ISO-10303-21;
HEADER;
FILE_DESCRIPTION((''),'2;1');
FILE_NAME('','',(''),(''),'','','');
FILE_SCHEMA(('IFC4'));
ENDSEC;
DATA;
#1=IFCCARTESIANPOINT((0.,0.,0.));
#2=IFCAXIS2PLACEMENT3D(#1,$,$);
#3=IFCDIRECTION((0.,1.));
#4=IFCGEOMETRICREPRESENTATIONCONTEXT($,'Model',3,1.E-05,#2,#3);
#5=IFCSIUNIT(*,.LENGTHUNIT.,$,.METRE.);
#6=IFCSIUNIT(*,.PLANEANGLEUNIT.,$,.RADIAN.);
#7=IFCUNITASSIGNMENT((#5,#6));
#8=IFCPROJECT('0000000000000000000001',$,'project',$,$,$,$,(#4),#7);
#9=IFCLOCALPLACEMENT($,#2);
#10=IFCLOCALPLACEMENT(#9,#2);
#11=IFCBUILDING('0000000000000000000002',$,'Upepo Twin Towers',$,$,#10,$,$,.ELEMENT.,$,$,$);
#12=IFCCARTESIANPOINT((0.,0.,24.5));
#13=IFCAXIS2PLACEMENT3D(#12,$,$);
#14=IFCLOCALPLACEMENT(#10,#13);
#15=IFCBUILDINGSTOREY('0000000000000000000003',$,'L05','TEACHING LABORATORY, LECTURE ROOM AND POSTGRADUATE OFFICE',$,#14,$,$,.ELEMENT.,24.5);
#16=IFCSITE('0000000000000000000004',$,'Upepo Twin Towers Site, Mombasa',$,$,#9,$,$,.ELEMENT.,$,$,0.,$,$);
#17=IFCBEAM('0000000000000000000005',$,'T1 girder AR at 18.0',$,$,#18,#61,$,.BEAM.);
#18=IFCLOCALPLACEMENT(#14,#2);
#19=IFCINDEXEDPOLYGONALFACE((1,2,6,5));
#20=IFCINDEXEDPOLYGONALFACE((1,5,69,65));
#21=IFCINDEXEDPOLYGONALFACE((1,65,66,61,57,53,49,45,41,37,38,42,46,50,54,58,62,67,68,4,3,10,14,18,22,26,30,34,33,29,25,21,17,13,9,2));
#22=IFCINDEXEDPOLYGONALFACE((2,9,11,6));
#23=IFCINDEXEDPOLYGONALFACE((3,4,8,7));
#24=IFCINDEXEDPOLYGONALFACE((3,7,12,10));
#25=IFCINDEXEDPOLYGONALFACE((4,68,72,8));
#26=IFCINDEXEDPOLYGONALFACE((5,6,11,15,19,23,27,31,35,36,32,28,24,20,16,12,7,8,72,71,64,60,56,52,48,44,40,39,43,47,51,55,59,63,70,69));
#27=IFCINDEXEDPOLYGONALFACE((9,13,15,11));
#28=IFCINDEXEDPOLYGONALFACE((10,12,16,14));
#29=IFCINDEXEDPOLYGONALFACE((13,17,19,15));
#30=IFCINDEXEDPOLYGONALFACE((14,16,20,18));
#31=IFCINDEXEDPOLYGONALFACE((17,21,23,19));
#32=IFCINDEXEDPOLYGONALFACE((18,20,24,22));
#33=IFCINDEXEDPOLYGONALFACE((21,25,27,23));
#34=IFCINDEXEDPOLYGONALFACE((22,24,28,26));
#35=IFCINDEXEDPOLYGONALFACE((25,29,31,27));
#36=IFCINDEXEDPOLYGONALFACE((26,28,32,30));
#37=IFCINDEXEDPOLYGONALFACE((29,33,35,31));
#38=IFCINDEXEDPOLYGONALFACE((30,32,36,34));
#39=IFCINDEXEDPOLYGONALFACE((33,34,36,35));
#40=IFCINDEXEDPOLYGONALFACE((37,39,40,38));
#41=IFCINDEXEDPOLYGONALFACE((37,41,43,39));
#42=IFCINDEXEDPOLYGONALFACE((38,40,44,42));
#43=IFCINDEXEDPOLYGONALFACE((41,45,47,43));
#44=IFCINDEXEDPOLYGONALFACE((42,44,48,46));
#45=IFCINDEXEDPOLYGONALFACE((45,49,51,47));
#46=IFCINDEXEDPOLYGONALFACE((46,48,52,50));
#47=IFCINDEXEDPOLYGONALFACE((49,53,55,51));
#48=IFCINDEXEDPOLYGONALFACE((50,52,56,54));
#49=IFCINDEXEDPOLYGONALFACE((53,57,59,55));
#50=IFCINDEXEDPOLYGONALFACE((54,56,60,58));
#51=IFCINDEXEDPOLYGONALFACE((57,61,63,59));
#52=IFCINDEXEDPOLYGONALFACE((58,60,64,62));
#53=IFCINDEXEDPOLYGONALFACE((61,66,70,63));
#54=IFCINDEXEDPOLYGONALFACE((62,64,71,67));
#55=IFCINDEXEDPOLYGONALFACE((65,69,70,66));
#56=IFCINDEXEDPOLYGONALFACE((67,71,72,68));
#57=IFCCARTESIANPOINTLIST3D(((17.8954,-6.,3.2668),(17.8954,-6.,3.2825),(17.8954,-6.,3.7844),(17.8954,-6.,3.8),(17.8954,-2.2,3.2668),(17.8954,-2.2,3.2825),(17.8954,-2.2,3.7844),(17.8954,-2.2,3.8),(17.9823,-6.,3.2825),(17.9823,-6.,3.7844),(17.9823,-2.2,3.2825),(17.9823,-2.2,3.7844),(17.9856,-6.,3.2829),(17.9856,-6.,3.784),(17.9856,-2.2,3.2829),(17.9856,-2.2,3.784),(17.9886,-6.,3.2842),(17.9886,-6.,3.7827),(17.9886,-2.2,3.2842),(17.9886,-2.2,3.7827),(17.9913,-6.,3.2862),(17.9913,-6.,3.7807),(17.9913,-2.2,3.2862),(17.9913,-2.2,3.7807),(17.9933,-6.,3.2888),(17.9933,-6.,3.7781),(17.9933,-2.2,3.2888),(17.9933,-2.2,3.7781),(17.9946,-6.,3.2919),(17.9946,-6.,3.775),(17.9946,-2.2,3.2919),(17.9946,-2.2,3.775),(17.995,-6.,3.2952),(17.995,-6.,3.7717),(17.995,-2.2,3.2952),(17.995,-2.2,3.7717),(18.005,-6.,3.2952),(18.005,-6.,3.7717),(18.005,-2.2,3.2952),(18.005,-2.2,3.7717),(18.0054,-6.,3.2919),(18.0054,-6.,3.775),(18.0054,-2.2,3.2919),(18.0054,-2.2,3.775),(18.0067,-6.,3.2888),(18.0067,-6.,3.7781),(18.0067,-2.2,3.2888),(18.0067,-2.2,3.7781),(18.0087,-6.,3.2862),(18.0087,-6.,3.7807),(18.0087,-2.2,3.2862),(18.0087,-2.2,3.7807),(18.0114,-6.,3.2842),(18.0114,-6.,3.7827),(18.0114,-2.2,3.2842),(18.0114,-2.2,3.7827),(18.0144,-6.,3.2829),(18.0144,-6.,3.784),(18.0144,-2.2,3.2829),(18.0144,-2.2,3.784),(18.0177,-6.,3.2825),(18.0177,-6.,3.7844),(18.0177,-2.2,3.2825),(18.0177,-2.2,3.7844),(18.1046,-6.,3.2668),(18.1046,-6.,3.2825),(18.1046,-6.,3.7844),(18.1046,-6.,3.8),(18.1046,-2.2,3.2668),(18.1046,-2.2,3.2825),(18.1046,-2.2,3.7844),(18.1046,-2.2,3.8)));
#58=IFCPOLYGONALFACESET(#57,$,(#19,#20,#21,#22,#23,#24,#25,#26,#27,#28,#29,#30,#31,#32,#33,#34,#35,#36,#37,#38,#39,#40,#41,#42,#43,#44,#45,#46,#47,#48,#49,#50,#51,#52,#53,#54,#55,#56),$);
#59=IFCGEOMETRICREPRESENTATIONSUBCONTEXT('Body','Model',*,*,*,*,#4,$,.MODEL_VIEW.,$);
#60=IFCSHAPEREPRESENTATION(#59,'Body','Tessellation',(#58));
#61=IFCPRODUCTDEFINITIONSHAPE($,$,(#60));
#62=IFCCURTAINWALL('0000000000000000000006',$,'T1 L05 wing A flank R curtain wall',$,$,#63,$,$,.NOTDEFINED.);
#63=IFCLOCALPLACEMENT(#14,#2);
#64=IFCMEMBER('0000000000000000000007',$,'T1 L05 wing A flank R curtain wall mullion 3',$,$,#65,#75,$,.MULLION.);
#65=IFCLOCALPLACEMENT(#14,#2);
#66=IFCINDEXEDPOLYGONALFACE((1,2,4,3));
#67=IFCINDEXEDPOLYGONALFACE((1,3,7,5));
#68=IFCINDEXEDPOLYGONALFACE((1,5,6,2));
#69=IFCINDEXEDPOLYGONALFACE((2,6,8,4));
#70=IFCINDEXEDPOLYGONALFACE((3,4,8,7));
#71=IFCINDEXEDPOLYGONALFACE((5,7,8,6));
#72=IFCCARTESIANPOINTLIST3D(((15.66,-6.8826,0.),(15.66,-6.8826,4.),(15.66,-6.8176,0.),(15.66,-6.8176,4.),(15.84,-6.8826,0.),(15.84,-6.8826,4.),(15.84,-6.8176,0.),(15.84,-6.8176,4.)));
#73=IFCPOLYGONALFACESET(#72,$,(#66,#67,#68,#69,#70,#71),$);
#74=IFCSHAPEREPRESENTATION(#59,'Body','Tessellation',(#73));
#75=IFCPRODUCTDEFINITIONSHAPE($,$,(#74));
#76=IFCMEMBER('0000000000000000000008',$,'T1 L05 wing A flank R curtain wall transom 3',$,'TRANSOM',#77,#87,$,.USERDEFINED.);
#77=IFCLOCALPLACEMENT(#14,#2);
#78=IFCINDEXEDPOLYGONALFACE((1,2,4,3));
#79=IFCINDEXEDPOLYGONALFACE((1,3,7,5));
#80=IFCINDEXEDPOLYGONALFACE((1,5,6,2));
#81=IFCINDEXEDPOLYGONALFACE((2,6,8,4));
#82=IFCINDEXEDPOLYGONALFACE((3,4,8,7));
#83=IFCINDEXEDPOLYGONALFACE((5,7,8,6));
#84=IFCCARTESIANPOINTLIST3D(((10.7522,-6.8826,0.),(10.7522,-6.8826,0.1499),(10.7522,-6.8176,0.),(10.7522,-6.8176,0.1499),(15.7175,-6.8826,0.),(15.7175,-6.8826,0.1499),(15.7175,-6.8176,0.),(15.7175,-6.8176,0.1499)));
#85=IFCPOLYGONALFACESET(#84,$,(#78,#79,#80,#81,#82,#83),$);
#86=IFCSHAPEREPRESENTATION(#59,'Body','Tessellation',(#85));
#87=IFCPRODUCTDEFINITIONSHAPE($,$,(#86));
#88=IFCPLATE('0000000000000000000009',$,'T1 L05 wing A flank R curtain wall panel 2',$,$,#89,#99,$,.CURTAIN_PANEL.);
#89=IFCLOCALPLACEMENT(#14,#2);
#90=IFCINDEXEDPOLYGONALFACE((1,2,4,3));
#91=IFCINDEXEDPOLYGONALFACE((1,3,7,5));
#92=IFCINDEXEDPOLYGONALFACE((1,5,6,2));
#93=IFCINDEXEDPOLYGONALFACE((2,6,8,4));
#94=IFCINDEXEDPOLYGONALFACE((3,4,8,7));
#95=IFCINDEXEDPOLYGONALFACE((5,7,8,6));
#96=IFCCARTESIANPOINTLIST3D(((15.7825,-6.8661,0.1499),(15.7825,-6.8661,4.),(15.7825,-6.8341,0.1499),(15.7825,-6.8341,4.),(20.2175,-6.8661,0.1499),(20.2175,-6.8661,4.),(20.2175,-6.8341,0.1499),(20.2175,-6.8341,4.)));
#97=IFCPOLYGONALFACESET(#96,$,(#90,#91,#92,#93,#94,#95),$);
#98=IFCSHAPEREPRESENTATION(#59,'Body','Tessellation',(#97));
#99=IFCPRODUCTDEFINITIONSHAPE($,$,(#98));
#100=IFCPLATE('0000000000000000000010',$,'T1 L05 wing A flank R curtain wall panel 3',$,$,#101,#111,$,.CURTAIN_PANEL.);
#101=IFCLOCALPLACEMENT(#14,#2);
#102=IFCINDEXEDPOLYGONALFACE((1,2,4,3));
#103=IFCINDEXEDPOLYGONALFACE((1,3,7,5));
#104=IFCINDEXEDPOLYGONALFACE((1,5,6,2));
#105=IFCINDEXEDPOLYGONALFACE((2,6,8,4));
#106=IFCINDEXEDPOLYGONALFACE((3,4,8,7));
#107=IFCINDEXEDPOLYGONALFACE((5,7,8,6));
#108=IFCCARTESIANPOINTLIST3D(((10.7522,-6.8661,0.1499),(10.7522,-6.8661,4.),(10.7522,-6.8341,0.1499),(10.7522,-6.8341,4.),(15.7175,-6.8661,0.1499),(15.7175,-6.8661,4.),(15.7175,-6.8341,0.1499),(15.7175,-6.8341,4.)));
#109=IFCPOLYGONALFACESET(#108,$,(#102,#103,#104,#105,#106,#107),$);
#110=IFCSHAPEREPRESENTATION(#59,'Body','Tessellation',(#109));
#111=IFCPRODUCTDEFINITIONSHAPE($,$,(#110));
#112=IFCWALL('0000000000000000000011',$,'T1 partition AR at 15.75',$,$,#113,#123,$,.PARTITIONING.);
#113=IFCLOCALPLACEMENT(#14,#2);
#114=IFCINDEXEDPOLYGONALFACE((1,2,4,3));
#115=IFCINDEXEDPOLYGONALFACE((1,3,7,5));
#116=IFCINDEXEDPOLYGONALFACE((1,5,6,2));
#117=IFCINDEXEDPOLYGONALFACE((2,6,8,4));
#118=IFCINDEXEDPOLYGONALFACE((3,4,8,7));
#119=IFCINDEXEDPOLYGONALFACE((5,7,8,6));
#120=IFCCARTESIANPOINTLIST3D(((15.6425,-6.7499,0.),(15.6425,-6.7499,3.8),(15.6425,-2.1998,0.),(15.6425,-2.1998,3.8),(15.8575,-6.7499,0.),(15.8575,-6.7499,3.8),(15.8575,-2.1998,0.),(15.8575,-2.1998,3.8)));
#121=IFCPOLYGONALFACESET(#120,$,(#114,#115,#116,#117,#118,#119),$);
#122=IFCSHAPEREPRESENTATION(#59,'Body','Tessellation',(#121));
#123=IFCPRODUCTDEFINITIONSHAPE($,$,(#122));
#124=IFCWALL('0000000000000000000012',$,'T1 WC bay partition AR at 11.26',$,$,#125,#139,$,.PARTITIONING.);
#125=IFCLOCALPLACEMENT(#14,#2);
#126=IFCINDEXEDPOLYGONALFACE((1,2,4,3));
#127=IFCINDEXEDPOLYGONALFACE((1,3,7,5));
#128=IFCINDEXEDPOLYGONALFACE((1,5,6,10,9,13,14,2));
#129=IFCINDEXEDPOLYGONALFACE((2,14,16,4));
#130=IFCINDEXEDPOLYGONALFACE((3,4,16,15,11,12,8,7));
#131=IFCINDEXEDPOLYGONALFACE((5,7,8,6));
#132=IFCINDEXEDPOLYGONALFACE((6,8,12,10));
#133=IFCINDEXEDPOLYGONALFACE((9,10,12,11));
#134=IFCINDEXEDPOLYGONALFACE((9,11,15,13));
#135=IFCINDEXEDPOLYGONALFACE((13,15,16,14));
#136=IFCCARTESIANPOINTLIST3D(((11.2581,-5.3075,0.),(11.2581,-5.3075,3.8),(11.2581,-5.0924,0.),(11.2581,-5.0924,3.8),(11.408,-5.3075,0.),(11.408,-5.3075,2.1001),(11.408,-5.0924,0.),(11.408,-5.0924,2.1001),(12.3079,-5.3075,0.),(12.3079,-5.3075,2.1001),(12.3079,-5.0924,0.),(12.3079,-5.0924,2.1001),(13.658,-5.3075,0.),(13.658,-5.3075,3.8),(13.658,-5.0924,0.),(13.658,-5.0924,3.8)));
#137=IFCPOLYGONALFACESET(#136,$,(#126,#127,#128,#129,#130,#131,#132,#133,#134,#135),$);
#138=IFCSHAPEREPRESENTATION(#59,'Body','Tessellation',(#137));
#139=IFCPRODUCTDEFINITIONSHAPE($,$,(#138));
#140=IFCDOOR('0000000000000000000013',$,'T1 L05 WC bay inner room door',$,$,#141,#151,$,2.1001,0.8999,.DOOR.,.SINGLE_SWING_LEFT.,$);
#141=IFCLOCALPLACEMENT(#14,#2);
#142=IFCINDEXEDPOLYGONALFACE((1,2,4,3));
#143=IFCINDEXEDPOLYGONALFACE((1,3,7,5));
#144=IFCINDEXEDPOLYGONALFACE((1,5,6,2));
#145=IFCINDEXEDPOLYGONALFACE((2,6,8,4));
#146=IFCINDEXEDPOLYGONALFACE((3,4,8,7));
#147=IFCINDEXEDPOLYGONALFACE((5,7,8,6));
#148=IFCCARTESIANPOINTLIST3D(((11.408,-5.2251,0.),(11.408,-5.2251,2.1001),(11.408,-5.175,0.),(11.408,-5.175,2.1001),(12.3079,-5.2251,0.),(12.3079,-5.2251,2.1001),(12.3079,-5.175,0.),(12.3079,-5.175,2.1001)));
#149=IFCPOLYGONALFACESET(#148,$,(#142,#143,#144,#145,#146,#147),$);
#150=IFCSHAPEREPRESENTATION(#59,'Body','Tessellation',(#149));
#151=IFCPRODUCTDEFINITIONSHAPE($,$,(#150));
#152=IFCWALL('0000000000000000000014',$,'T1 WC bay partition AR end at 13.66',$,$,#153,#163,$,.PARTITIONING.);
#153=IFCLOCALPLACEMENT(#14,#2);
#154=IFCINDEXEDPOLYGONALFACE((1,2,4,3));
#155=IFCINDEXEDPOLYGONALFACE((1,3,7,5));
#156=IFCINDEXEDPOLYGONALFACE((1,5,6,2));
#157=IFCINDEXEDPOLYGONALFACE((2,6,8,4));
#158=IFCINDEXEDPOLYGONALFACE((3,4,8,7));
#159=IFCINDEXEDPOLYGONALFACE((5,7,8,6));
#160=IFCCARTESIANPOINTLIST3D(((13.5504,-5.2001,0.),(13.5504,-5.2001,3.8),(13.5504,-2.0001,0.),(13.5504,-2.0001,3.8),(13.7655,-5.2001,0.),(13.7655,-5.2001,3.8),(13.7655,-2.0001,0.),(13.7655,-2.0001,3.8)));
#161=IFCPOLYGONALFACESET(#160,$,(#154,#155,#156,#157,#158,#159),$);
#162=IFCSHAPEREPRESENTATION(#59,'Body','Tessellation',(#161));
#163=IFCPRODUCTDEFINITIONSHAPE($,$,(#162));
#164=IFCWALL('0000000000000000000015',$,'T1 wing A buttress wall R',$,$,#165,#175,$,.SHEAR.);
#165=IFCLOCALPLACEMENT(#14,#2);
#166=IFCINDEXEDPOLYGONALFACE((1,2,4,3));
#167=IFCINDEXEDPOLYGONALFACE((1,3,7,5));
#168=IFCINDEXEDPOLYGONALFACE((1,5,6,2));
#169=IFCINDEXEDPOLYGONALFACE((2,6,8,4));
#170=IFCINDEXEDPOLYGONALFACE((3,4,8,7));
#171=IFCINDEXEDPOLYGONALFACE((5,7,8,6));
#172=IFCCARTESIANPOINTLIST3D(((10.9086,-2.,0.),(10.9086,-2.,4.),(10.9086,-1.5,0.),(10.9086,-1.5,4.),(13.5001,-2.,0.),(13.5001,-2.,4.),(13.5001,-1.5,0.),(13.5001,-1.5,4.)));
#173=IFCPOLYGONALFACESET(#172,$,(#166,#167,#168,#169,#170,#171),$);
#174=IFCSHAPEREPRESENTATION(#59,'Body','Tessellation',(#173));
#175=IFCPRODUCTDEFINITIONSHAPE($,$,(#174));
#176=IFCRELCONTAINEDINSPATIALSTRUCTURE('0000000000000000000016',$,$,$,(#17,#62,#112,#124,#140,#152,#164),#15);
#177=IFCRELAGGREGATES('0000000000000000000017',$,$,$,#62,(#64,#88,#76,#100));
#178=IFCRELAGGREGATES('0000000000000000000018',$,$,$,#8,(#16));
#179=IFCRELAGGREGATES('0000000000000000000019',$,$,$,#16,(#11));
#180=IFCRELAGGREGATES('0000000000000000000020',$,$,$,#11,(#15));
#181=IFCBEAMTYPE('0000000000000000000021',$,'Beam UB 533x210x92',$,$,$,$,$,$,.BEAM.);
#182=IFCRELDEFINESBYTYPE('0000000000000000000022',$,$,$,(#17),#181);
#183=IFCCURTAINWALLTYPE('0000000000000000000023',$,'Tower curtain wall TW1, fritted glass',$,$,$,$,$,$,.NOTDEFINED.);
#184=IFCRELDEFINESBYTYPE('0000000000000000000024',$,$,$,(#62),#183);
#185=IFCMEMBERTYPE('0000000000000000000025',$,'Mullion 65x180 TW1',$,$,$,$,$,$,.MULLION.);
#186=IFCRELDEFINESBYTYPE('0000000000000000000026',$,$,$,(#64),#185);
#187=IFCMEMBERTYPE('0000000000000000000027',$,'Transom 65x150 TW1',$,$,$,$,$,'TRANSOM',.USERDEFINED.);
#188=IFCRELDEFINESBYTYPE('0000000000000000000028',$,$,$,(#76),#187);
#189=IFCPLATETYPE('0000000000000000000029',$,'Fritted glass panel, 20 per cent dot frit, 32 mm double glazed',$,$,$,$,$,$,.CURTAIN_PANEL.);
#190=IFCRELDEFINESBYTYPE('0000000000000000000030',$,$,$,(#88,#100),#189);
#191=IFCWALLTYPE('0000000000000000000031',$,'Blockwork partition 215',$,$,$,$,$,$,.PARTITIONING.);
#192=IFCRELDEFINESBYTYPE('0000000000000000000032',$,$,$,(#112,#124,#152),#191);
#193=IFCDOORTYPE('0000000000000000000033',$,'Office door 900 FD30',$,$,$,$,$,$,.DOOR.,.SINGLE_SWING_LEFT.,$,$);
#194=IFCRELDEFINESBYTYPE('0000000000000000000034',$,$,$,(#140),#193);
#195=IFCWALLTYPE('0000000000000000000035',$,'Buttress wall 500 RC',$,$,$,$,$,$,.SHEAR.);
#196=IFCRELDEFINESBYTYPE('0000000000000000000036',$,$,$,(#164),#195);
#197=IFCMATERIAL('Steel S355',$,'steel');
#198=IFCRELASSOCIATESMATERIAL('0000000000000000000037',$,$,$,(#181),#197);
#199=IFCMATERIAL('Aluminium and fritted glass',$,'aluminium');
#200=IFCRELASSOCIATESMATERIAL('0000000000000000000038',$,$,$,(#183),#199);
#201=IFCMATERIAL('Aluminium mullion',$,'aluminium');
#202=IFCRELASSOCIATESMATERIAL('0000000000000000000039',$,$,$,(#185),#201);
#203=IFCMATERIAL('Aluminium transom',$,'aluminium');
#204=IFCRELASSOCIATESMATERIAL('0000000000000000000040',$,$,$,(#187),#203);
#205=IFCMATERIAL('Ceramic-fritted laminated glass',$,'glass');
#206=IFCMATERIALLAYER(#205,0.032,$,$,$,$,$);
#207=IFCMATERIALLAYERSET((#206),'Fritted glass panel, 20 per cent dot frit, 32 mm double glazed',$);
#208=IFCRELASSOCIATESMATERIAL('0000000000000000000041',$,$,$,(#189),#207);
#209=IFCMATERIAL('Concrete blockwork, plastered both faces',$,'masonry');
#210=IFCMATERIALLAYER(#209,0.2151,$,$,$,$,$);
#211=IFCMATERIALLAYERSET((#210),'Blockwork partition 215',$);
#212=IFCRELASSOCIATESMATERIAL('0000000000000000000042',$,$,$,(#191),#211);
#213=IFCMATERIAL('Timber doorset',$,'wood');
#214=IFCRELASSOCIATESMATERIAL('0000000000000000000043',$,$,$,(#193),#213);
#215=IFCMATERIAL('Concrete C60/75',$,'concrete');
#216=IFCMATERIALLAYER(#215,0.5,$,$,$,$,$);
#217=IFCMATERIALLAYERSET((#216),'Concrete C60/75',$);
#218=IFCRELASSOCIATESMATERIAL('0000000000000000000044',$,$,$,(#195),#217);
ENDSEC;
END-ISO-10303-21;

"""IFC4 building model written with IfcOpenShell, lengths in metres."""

from ifc_helpers import new_model, si_unit, direction, frame, frame_2d, origin, origin_2d, place, context, subcontext, project, spatial, rectangle, i_section, extrude, material, layer, layer_set, material_profile, profile_set, type_object, element, fill, aggregate, save


model = new_model("IFC4")

# Units and contexts
model_context = context("Model", 3, precision=1e-05, world=origin(), true_north=direction((0.0, 1.0)))
body_context = subcontext(model_context, "Body", "Model", "MODEL_VIEW")
ifc_project = project(units=[si_unit("LENGTHUNIT", "METRE"), si_unit("PLANEANGLEUNIT", "RADIAN")], contexts=[model_context])

# Site, building, storey
site_placement = place(None, origin())
site = spatial("IfcSite", under=ifc_project, at=site_placement, Name="Upepo Twin Towers Site, Mombasa", CompositionType="ELEMENT", RefElevation=0.0)
building_placement = place(site_placement, origin())
building = spatial("IfcBuilding", under=site, at=building_placement, Name="Upepo Twin Towers", CompositionType="ELEMENT")
storey_placement = place(building_placement, frame((0.0, 0.0, 24.5)))
storey = spatial("IfcBuildingStorey", under=building, at=storey_placement, Name="L05", Description="TEACHING LABORATORY, LECTURE ROOM AND POSTGRADUATE OFFICE", CompositionType="ELEMENT", Elevation=24.5)

# Beam
ifc_material_1 = material(Name="Steel S355", Category="steel")
ifc_material_profile_1 = material_profile(ifc_material_1, i_section(OverallWidth=0.2092, OverallDepth=0.5332, WebThickness=0.01, FlangeThickness=0.0156, FilletRadius=0.0127, at=origin_2d()), Name="UB 533x210x92")
ifc_profile_set_1 = profile_set([ifc_material_profile_1], Name="Steel S355")
beam_type_1 = type_object("IfcBeamType", Name="Beam UB 533x210x92", PredefinedType="BEAM", material=ifc_profile_set_1)
for number, where, z_axis, x_axis, name in (
    (1, (18.0, -6.0, 3.5334), (0.0, 1.0, 0.0), (-1.0, 0.0, 0.0), "T1 girder AR at 18.0"),
):
    element("IfcBeam", number, at=place(storey_placement, frame(where, z_axis=z_axis, x_axis=x_axis)), inside=storey, type_object=beam_type_1, Name=name, PredefinedType="BEAM", context=body_context, shape_type="SweptSolid", body=[
        extrude(i_section(OverallWidth=0.2092, OverallDepth=0.5332, WebThickness=0.01, FlangeThickness=0.0156, FilletRadius=0.0127, at=origin_2d()), origin(), (0.0, 0.0, 1.0), 3.8),
    ])

# Curtain wall, members, plates
ifc_material_2 = material(Name="Aluminium and fritted glass", Category="aluminium")
curtain_wall_type = type_object("IfcCurtainWallType", Name="Tower curtain wall TW1, fritted glass", PredefinedType="NOTDEFINED", material=ifc_material_2)
curtain_wall_placement = place(storey_placement, origin())
curtain_wall = element("IfcCurtainWall", 2, at=curtain_wall_placement, inside=storey, type_object=curtain_wall_type, Name="T1 L05 wing A flank R curtain wall", PredefinedType="NOTDEFINED")
ifc_material_3 = material(Name="Aluminium mullion", Category="aluminium")
ifc_material_profile_2 = material_profile(ifc_material_3, rectangle(XDim=0.0649, YDim=0.1799, at=origin_2d()), Name="MULLION 65x180")
ifc_profile_set_2 = profile_set([ifc_material_profile_2], Name="Aluminium mullion")
member_type_1 = type_object("IfcMemberType", Name="Mullion 65x180 TW1", PredefinedType="MULLION", material=ifc_profile_set_2)
member_1_placement = place(storey_placement, frame((15.75, -6.8501, 0.0), z_axis=(0.0, 0.0, 1.0), x_axis=(0.0, -1.0, 0.0)))
member_1 = element("IfcMember", 3, at=member_1_placement, type_object=member_type_1, Name="T1 L05 wing A flank R curtain wall mullion 3", PredefinedType="MULLION", context=body_context, shape_type="SweptSolid", body=[
    extrude(rectangle(XDim=0.0649, YDim=0.1799, at=origin_2d()), origin(), (0.0, 0.0, 1.0), 4.0),
])
ifc_material_4 = material(Name="Aluminium transom", Category="aluminium")
ifc_material_profile_3 = material_profile(ifc_material_4, rectangle(XDim=0.0649, YDim=0.1499, at=origin_2d()), Name="TRANSOM 65x150")
ifc_profile_set_3 = profile_set([ifc_material_profile_3], Name="Aluminium transom")
member_type_2 = type_object("IfcMemberType", Name="Transom 65x150 TW1", ElementType="TRANSOM", PredefinedType="USERDEFINED", material=ifc_profile_set_3)
member_2_placement = place(storey_placement, frame((15.7175, -6.8501, 0.075), z_axis=(-1.0, 0.0, 0.0), x_axis=(0.0, -1.0, 0.0)))
member_2 = element("IfcMember", 4, at=member_2_placement, type_object=member_type_2, Name="T1 L05 wing A flank R curtain wall transom 3", ObjectType="TRANSOM", PredefinedType="USERDEFINED", context=body_context, shape_type="SweptSolid", body=[
    extrude(rectangle(XDim=0.0649, YDim=0.1499, at=origin_2d()), origin(), (0.0, 0.0, 1.0), 4.9653),
])
ifc_material_5 = material(Name="Ceramic-fritted laminated glass", Category="glass")
ifc_layer_1 = layer(ifc_material_5, 0.032)
ifc_layer_set_1 = layer_set([ifc_layer_1], Name="Fritted glass panel, 20 per cent dot frit, 32 mm double glazed")
plate_type = type_object("IfcPlateType", Name="Fritted glass panel, 20 per cent dot frit, 32 mm double glazed", PredefinedType="CURTAIN_PANEL", material=ifc_layer_set_1)
plate_1_placement = place(storey_placement, frame((18.0, -6.8501, 0.1499), z_axis=(0.0, 0.0, 1.0), x_axis=(-1.0, 0.0, 0.0)))
plate_1 = element("IfcPlate", 5, at=plate_1_placement, type_object=plate_type, Name="T1 L05 wing A flank R curtain wall panel 2", PredefinedType="CURTAIN_PANEL", context=body_context, shape_type="SweptSolid", body=[
    extrude(rectangle(XDim=4.4351, YDim=0.032, at=origin_2d()), origin(), (0.0, 0.0, 1.0), 3.8501),
])
plate_2_placement = place(storey_placement, frame((13.2349, -6.8501, 0.1499), z_axis=(0.0, 0.0, 1.0), x_axis=(-1.0, 0.0, 0.0)))
plate_2 = element("IfcPlate", 6, at=plate_2_placement, type_object=plate_type, Name="T1 L05 wing A flank R curtain wall panel 3", PredefinedType="CURTAIN_PANEL", context=body_context, shape_type="SweptSolid", body=[
    extrude(rectangle(XDim=4.9653, YDim=0.032, at=origin_2d()), origin(), (0.0, 0.0, 1.0), 3.8501),
])
aggregate(curtain_wall, [member_1, plate_1, member_2, plate_2])

# Wall
ifc_material_6 = material(Name="Concrete blockwork, plastered both faces", Category="masonry")
ifc_layer_2 = layer(ifc_material_6, 0.2151)
ifc_layer_set_2 = layer_set([ifc_layer_2], Name="Blockwork partition 215")
wall_type_1 = type_object("IfcWallType", Name="Blockwork partition 215", PredefinedType="PARTITIONING", material=ifc_layer_set_2)
wall_1_placement = place(storey_placement, frame((15.75, -2.2, 0.0), z_axis=(0.0, 0.0, 1.0), x_axis=(0.0, -1.0, 0.0)))
element("IfcWall", 7, at=wall_1_placement, inside=storey, type_object=wall_type_1, Name="T1 partition AR at 15.75", PredefinedType="PARTITIONING", context=body_context, shape_type="SweptSolid", body=[
    extrude(rectangle(XDim=4.55, YDim=0.2151, at=frame_2d((2.2749, 0.0))), origin(), (0.0, 0.0, 1.0), 3.8),
])

# Wall, opening, door
wall_2_placement = place(storey_placement, frame((11.2581, -5.2, 0.0), z_axis=(0.0, 0.0, 1.0), x_axis=(1.0, 0.0, 0.0)))
wall_2 = element("IfcWall", 8, at=wall_2_placement, inside=storey, type_object=wall_type_1, Name="T1 WC bay partition AR at 11.26", PredefinedType="PARTITIONING", context=body_context, shape_type="SweptSolid", body=[
    extrude(rectangle(XDim=2.3999, YDim=0.2151, at=frame_2d((1.2, 0.0))), origin(), (0.0, 0.0, 1.0), 3.8),
])
opening_1_placement = place(wall_2_placement, frame((0.1499, 0.0, 0.0)))
opening_1 = element("IfcOpeningElement", 9, at=opening_1_placement, cuts=wall_2, PredefinedType="OPENING", context=body_context, shape_type="SweptSolid", body=[
    extrude(rectangle(XDim=0.8999, YDim=2.1001, at=frame_2d((0.45, 1.05))), frame((0.0, 0.1174, 0.0), z_axis=(0.0, -1.0, 0.0), x_axis=(1.0, 0.0, 0.0)), (0.0, 0.0, 1.0), 0.2351),
])
ifc_material_7 = material(Name="Timber doorset", Category="wood")
door_type_1 = type_object("IfcDoorType", Name="Office door 900 FD30", OperationType="SINGLE_SWING_LEFT", PredefinedType="DOOR", material=ifc_material_7)
door_1_placement = place(opening_1_placement, origin())
door_1 = element("IfcDoor", 10, at=door_1_placement, inside=storey, type_object=door_type_1, Name="T1 L05 WC bay inner room door", OperationType="SINGLE_SWING_LEFT", OverallHeight=2.1001, OverallWidth=0.8999, PredefinedType="DOOR", context=body_context, shape_type="SweptSolid", body=[
    extrude(rectangle(XDim=0.8999, YDim=2.1001, at=frame_2d((0.45, 1.05))), frame((0.0, 0.0249, 0.0), z_axis=(0.0, -1.0, 0.0), x_axis=(1.0, 0.0, 0.0)), (0.0, 0.0, 1.0), 0.05),
])
fill(opening_1, door_1)

# Walls
wall_3_placement = place(storey_placement, frame((13.658, -2.0, 0.0), z_axis=(0.0, 0.0, 1.0), x_axis=(0.0, -1.0, 0.0)))
element("IfcWall", 11, at=wall_3_placement, inside=storey, type_object=wall_type_1, Name="T1 WC bay partition AR end at 13.66", PredefinedType="PARTITIONING", context=body_context, shape_type="SweptSolid", body=[
    extrude(rectangle(XDim=3.2, YDim=0.2151, at=frame_2d((1.6001, 0.0))), origin(), (0.0, 0.0, 1.0), 3.8),
])
ifc_material_8 = material(Name="Concrete C60/75", Category="concrete")
ifc_layer_3 = layer(ifc_material_8, 0.5)
ifc_layer_set_3 = layer_set([ifc_layer_3], Name="Concrete C60/75")
wall_type_2 = type_object("IfcWallType", Name="Buttress wall 500 RC", PredefinedType="SHEAR", material=ifc_layer_set_3)
wall_4_placement = place(storey_placement, frame((10.9084, -1.75, 0.0), z_axis=(0.0, 0.0, 1.0), x_axis=(1.0, 0.0, 0.0)))
element("IfcWall", 12, at=wall_4_placement, inside=storey, type_object=wall_type_2, Name="T1 wing A buttress wall R", PredefinedType="SHEAR", context=body_context, shape_type="SweptSolid", body=[
    extrude(rectangle(XDim=2.5916, YDim=0.5, at=frame_2d((1.2959, 0.0))), origin(), (0.0, 0.0, 1.0), 4.0),
])

save(model, "model.ifc")
